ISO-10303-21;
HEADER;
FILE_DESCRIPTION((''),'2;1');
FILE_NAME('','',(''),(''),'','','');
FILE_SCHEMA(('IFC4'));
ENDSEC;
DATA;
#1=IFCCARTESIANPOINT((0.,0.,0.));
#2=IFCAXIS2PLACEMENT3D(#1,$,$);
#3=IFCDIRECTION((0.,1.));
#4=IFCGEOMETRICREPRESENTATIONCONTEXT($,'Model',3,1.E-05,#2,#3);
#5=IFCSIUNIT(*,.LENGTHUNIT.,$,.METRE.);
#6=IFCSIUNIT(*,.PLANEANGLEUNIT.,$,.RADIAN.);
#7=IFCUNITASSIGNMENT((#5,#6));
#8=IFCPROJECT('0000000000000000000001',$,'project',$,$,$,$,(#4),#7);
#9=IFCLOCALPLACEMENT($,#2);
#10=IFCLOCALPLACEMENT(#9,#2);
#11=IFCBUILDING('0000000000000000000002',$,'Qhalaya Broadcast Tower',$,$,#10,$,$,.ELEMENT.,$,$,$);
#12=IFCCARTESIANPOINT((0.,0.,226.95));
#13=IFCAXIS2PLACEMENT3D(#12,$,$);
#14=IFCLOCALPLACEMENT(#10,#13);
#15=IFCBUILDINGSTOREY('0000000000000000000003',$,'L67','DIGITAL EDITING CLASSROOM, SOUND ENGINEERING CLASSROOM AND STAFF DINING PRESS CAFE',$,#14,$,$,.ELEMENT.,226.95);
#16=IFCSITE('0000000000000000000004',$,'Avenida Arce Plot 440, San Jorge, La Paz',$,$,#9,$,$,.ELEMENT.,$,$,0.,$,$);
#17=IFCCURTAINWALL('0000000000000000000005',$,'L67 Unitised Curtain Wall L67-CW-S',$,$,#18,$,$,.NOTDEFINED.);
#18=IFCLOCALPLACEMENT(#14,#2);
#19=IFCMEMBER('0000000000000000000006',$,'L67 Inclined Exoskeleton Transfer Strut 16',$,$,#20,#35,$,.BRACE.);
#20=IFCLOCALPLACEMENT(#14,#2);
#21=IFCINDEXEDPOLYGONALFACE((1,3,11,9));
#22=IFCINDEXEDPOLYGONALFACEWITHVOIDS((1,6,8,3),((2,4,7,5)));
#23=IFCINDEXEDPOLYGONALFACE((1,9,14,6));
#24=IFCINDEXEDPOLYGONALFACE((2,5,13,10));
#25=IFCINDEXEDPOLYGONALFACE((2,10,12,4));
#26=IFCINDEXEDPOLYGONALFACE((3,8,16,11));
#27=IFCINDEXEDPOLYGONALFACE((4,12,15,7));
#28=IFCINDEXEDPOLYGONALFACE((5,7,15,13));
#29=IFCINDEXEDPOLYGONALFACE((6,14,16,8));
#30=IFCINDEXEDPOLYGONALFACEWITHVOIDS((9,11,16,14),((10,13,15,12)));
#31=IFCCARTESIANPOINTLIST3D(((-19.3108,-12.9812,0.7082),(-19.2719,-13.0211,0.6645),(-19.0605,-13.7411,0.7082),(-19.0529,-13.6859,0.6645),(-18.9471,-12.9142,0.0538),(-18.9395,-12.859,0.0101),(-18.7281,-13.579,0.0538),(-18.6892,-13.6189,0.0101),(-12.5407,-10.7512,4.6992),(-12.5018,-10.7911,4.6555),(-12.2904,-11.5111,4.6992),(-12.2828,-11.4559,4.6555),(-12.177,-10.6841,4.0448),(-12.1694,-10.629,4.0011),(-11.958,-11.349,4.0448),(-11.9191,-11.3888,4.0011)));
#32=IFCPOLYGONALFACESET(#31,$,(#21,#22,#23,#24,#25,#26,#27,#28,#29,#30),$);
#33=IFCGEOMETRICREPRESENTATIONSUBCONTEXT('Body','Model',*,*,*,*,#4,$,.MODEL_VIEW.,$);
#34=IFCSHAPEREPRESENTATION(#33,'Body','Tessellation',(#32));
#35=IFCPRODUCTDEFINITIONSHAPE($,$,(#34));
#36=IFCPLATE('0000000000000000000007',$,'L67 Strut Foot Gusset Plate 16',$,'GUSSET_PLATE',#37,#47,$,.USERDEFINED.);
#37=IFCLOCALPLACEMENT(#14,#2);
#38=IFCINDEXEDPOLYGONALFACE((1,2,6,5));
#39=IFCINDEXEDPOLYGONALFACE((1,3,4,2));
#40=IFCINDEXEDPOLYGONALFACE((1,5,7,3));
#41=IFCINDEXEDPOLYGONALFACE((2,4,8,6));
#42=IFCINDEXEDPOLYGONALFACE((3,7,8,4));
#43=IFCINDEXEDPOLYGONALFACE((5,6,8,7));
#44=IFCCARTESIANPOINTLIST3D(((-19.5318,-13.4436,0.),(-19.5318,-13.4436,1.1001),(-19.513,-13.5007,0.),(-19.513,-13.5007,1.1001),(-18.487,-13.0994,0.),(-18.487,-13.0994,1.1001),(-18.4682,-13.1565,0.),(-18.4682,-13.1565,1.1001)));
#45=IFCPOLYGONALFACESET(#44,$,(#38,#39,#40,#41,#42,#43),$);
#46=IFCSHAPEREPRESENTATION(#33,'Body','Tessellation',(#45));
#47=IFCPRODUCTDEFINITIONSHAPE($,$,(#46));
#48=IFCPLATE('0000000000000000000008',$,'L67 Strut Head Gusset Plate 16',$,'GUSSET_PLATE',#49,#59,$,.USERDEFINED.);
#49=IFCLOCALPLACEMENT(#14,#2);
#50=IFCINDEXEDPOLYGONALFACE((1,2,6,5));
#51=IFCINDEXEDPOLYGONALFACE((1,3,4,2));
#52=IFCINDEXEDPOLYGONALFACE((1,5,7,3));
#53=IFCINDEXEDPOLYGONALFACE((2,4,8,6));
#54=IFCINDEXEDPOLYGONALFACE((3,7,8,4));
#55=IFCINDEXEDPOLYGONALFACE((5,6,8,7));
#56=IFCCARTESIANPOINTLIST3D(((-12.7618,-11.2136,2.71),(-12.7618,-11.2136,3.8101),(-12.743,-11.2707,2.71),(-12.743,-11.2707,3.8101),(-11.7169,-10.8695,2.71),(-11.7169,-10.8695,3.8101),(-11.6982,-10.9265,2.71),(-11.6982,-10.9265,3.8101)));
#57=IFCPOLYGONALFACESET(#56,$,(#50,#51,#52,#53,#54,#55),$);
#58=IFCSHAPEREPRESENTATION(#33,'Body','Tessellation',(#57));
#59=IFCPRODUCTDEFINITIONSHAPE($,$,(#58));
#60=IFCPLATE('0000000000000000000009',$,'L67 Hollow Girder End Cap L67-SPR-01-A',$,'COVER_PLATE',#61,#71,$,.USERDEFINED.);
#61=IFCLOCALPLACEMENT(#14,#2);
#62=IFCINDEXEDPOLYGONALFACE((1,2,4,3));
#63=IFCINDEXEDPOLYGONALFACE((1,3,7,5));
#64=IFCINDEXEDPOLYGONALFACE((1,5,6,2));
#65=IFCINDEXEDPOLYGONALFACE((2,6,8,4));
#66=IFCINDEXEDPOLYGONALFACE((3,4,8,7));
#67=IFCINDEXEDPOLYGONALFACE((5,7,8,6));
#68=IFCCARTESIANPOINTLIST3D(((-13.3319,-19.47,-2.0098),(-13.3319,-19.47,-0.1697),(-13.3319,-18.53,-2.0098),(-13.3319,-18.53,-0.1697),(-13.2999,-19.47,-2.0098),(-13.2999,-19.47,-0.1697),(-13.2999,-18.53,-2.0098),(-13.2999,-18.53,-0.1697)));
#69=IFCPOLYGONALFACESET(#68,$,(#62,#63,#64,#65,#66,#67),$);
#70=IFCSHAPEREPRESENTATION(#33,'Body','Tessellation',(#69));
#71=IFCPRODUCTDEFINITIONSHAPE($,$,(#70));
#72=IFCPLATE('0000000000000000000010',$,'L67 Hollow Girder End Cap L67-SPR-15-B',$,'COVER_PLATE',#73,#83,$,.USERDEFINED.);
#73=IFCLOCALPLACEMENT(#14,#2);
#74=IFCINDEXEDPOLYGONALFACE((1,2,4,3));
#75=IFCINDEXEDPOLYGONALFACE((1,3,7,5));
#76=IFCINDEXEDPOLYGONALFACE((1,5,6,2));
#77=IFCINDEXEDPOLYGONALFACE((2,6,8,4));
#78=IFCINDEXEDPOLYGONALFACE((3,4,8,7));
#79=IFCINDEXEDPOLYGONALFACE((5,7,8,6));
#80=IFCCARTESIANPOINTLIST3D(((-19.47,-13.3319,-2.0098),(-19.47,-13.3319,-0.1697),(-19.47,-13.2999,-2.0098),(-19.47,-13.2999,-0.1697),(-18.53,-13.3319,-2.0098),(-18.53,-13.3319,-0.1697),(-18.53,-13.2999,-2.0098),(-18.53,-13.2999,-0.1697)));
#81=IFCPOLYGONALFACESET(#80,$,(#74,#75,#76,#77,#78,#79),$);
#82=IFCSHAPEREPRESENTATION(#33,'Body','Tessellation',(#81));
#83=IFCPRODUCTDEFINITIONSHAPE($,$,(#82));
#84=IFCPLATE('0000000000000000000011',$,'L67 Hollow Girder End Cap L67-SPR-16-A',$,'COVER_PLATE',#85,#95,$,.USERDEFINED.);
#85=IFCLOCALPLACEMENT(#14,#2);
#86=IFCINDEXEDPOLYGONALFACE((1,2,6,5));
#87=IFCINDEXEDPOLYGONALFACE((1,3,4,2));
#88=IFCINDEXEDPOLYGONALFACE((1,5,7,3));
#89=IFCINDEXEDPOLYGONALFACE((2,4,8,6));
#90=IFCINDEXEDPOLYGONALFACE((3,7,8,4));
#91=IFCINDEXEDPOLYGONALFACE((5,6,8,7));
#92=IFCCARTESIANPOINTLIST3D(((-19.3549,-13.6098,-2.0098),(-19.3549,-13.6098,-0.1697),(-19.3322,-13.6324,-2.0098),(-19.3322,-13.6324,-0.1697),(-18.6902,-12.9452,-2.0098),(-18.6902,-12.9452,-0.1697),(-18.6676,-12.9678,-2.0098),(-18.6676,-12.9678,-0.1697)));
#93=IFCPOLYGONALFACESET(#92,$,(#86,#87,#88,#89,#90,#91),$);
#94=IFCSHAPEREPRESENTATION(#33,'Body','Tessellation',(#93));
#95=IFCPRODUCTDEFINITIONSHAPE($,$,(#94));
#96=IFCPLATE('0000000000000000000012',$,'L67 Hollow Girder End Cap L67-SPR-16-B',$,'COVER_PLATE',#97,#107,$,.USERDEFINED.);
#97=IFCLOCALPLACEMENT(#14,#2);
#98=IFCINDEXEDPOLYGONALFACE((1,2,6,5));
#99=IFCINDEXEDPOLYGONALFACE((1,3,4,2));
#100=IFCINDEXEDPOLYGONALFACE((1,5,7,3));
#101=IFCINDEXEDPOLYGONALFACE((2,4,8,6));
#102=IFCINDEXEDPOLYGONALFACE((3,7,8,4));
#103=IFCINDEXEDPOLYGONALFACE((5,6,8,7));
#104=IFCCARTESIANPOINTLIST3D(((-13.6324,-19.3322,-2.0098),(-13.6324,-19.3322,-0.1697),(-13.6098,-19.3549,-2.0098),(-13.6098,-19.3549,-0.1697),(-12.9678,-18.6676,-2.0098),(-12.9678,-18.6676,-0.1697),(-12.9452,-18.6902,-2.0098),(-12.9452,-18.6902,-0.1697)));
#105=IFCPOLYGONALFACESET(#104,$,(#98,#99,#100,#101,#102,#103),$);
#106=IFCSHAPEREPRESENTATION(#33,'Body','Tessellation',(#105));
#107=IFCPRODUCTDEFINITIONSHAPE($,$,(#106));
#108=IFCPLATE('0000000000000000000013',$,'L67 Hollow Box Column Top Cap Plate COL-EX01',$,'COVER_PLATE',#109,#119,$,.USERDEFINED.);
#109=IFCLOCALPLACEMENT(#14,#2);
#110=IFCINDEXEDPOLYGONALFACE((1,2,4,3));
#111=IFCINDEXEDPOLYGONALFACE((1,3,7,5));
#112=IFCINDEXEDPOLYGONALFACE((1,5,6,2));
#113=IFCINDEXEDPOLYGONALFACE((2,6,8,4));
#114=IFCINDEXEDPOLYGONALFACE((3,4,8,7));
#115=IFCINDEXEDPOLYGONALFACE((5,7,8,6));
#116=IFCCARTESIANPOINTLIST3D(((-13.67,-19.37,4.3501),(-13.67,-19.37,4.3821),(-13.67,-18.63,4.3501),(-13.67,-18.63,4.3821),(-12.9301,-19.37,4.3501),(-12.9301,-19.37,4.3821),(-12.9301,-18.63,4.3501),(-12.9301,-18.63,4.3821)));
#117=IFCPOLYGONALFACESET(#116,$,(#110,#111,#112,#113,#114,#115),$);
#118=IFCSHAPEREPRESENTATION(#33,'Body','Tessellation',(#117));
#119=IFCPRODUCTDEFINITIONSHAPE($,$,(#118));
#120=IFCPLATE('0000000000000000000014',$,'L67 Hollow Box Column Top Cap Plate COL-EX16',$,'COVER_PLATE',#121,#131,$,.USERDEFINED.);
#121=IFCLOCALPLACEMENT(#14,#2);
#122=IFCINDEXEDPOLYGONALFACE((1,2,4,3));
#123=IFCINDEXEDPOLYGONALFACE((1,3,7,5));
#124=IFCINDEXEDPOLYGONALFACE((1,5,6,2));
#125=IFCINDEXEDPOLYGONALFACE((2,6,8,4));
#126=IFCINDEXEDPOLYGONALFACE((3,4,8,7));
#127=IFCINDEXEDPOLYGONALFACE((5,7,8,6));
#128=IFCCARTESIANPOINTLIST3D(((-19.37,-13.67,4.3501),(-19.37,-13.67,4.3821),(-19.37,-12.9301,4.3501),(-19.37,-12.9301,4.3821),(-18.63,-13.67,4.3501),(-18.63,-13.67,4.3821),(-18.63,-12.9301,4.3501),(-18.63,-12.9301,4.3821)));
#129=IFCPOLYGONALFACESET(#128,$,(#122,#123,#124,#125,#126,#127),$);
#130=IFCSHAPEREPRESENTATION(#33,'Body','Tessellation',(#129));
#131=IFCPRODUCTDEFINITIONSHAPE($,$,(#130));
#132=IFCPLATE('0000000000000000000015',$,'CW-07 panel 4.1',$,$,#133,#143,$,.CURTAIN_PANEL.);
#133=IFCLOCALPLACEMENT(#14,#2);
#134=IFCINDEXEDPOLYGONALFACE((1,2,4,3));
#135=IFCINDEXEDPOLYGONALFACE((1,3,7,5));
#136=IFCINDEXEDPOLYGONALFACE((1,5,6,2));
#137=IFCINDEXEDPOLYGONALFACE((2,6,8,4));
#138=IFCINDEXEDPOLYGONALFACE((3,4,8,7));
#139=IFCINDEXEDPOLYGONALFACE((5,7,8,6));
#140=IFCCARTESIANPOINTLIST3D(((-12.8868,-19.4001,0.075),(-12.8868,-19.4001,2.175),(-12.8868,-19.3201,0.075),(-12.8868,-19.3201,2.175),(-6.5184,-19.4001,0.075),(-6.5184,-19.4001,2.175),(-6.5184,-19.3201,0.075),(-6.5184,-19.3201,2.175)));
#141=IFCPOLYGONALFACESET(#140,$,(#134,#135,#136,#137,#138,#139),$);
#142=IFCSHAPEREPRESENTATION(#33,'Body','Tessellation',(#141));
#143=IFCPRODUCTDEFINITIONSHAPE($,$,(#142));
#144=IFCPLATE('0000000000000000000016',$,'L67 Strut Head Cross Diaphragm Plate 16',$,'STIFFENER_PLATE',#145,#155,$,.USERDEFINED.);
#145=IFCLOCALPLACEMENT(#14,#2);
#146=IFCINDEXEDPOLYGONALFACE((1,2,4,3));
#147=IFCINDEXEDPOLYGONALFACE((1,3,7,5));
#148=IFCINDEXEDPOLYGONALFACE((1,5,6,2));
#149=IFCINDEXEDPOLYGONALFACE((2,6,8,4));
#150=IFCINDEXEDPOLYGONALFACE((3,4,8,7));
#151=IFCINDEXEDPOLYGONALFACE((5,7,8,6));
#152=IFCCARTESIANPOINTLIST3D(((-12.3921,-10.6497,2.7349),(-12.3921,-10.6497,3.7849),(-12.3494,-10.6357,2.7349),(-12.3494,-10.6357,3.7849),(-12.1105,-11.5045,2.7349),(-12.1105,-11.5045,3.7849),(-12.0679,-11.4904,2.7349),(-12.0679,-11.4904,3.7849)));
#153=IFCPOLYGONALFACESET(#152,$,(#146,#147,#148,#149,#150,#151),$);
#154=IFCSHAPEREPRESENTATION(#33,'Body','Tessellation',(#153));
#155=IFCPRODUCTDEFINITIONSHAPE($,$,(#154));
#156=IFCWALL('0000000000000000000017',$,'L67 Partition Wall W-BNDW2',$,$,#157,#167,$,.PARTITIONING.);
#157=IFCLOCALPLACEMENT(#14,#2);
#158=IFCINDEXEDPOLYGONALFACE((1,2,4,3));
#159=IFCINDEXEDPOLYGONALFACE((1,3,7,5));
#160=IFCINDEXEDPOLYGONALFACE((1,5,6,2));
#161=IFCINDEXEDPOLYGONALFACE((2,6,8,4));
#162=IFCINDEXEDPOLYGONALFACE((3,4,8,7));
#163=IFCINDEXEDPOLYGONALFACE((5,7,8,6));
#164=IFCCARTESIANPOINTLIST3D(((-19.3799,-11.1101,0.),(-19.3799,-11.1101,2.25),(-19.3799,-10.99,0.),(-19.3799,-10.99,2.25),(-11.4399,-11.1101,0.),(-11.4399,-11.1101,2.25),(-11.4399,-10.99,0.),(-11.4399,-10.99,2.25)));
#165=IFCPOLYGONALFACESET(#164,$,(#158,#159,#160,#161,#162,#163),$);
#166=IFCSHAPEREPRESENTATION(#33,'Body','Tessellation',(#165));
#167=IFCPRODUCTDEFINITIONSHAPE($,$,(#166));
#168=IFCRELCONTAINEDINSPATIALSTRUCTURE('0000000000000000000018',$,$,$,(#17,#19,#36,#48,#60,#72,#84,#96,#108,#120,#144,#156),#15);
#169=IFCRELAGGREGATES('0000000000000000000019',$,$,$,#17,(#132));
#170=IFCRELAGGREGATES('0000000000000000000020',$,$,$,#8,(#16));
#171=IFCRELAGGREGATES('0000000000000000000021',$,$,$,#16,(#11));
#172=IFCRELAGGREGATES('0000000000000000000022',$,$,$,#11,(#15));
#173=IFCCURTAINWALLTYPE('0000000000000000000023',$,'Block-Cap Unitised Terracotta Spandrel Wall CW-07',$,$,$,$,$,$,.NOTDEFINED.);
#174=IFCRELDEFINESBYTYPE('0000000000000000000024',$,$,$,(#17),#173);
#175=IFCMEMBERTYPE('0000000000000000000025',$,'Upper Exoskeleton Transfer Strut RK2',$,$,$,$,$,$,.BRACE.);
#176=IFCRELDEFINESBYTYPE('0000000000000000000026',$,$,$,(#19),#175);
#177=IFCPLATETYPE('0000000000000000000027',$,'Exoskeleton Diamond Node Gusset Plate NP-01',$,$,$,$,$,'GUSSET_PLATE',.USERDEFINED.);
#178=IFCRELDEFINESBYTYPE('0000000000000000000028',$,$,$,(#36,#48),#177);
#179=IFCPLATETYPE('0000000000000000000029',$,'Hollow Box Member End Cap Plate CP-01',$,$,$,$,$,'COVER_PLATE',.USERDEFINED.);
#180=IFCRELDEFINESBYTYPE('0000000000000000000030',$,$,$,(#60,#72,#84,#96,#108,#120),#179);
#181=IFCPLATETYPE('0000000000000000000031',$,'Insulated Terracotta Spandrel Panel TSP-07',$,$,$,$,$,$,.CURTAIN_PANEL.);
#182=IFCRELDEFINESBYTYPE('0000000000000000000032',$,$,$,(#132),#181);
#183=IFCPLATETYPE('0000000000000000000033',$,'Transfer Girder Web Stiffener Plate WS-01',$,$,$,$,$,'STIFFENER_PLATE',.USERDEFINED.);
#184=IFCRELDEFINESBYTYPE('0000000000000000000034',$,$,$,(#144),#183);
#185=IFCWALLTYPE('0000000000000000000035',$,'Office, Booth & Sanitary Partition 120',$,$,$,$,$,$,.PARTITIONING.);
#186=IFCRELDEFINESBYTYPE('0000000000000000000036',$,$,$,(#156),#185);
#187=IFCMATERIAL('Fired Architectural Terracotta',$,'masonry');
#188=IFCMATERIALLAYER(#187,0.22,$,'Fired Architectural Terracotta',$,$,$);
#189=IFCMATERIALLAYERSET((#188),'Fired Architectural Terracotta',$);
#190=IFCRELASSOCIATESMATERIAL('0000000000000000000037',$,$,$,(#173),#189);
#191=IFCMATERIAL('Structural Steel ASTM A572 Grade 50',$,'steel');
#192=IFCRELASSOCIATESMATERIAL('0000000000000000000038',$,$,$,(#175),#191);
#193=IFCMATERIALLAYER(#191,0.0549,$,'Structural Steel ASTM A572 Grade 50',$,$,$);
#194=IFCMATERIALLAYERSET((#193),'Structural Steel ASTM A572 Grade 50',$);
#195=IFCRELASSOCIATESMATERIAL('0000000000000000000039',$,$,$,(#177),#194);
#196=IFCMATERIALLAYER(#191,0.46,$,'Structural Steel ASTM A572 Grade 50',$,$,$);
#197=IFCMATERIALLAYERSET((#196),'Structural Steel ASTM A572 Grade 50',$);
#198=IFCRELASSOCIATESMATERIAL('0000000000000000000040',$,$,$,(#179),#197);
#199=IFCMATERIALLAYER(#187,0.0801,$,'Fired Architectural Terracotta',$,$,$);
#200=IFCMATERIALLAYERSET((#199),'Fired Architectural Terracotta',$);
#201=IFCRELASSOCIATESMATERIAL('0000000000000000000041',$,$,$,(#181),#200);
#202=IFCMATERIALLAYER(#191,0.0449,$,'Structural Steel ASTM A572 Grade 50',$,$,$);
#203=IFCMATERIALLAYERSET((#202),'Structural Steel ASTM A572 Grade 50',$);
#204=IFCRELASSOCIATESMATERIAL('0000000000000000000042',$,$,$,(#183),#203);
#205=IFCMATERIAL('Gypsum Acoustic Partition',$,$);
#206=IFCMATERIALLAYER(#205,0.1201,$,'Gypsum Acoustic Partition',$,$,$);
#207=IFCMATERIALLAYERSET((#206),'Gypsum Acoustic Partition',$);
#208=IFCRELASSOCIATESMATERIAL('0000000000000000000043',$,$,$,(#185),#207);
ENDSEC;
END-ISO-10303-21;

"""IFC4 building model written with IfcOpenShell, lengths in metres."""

from ifc_helpers import new_model, si_unit, direction, frame, frame_2d, origin, origin_2d, place, context, subcontext, project, spatial, rectangle, hollow_rectangle, extrude, material, layer, layer_set, material_profile, profile_set, type_object, element, aggregate, save


model = new_model("IFC4")

# Units and contexts
model_context = context("Model", 3, precision=1e-05, world=origin(), true_north=direction((0.0, 1.0)))
body_context = subcontext(model_context, "Body", "Model", "MODEL_VIEW")
ifc_project = project(units=[si_unit("LENGTHUNIT", "METRE"), si_unit("PLANEANGLEUNIT", "RADIAN")], contexts=[model_context])

# Site, building, storey
site_placement = place(None, origin())
site = spatial("IfcSite", under=ifc_project, at=site_placement, Name="Avenida Arce Plot 440, San Jorge, La Paz", CompositionType="ELEMENT", RefElevation=0.0)
building_placement = place(site_placement, origin())
building = spatial("IfcBuilding", under=site, at=building_placement, Name="Qhalaya Broadcast Tower", CompositionType="ELEMENT")
storey_placement = place(building_placement, frame((0.0, 0.0, 226.95)))
storey = spatial("IfcBuildingStorey", under=building, at=storey_placement, Name="L67", Description="DIGITAL EDITING CLASSROOM, SOUND ENGINEERING CLASSROOM AND STAFF DINING PRESS CAFE", CompositionType="ELEMENT", Elevation=226.95)

# Shared definitions
ifc_material_1 = material(Name="Structural Steel ASTM A572 Grade 50", Category="steel")

# Curtain wall
ifc_material_2 = material(Name="Fired Architectural Terracotta", Category="masonry")
ifc_layer_1 = layer(ifc_material_2, 0.22, Name="Fired Architectural Terracotta")
ifc_layer_set_1 = layer_set([ifc_layer_1], Name="Fired Architectural Terracotta")
curtain_wall_type = type_object("IfcCurtainWallType", Name="Block-Cap Unitised Terracotta Spandrel Wall CW-07", PredefinedType="NOTDEFINED", material=ifc_layer_set_1)
curtain_wall_1_placement = place(storey_placement, origin())
curtain_wall_1 = element("IfcCurtainWall", 1, at=curtain_wall_1_placement, inside=storey, type_object=curtain_wall_type, Name="L67 Unitised Curtain Wall L67-CW-S", PredefinedType="NOTDEFINED")

# Member
ifc_material_profile_1 = material_profile(ifc_material_1, hollow_rectangle(XDim=0.8, YDim=0.8, WallThickness=0.05, at=origin_2d()), Name="BOX 800x800x50")
ifc_profile_set_1 = profile_set([ifc_material_profile_1], Name="Structural Steel ASTM A572 Grade 50")
member_type_1 = type_object("IfcMemberType", Name="Upper Exoskeleton Transfer Strut RK2", PredefinedType="BRACE", material=ifc_profile_set_1)
member_1_placement = place(storey_placement, frame((-19.0, -13.3, 0.3591), z_axis=(0.828738, 0.272978, 0.488546), x_axis=(-0.312855, 0.949801, 0.0)))
element("IfcMember", 2, at=member_1_placement, inside=storey, type_object=member_type_1, Name="L67 Inclined Exoskeleton Transfer Strut 16", PredefinedType="BRACE", context=body_context, shape_type="SweptSolid", body=[
    extrude(hollow_rectangle(XDim=0.8, YDim=0.8, WallThickness=0.05, at=origin_2d()), origin(), (0.0, 0.0, 1.0), 8.1692),
])

# Plates
ifc_layer_2 = layer(ifc_material_1, 0.0549, Name="Structural Steel ASTM A572 Grade 50")
ifc_layer_set_2 = layer_set([ifc_layer_2], Name="Structural Steel ASTM A572 Grade 50")
plate_type_1 = type_object("IfcPlateType", Name="Exoskeleton Diamond Node Gusset Plate NP-01", ElementType="GUSSET_PLATE", PredefinedType="USERDEFINED", material=ifc_layer_set_2)
for number, where, z_axis, x_axis, name in (
    (3, (-19.0, -13.3, 0.0), (0.0, 0.0, 1.0), (0.949797, 0.312865, 0.0), "L67 Strut Foot Gusset Plate 16"),
    (4, (-12.23, -11.0701, 2.71), (0.0, 0.0, 1.0), (0.949797, 0.312865, 0.0), "L67 Strut Head Gusset Plate 16"),
):
    element("IfcPlate", number, at=place(storey_placement, frame(where, z_axis=z_axis, x_axis=x_axis)), inside=storey, type_object=plate_type_1, Name=name, ObjectType="GUSSET_PLATE", PredefinedType="USERDEFINED", context=body_context, shape_type="SweptSolid", body=[
        extrude(rectangle(XDim=1.1001, YDim=0.0601, at=origin_2d()), origin(), (0.0, 0.0, 1.0), 1.1001),
    ])
ifc_layer_3 = layer(ifc_material_1, 0.46, Name="Structural Steel ASTM A572 Grade 50")
ifc_layer_set_3 = layer_set([ifc_layer_3], Name="Structural Steel ASTM A572 Grade 50")
plate_type_2 = type_object("IfcPlateType", Name="Hollow Box Member End Cap Plate CP-01", ElementType="COVER_PLATE", PredefinedType="USERDEFINED", material=ifc_layer_set_3)
for number, where, z_axis, x_axis, name in (
    (5, (-13.3159, -19.0, -2.0098), (0.0, 0.0, 1.0), (0.0, 1.0, 0.0), "L67 Hollow Girder End Cap L67-SPR-01-A"),
    (6, (-19.0, -13.3159, -2.0098), (0.0, 0.0, 1.0), (1.0, 0.0, 0.0), "L67 Hollow Girder End Cap L67-SPR-15-B"),
    (7, (-19.0112, -13.2888, -2.0098), (0.0, 0.0, 1.0), (0.707107, 0.707107, 0.0), "L67 Hollow Girder End Cap L67-SPR-16-A"),
    (8, (-13.2888, -19.0112, -2.0098), (0.0, 0.0, 1.0), (0.707107, 0.707107, 0.0), "L67 Hollow Girder End Cap L67-SPR-16-B"),
):
    element("IfcPlate", number, at=place(storey_placement, frame(where, z_axis=z_axis, x_axis=x_axis)), inside=storey, type_object=plate_type_2, Name=name, ObjectType="COVER_PLATE", PredefinedType="USERDEFINED", context=body_context, shape_type="SweptSolid", body=[
        extrude(rectangle(XDim=0.9399, YDim=0.032, at=origin_2d()), origin(), (0.0, 0.0, 1.0), 1.8401),
    ])
for number, where, z_axis, x_axis, name in (
    (9, (-13.3, -19.0, 4.3501), (0.0, 0.0, 1.0), (1.0, 0.0, 0.0), "L67 Hollow Box Column Top Cap Plate COL-EX01"),
    (10, (-19.0, -13.3, 4.3501), (0.0, 0.0, 1.0), (0.0, 1.0, 0.0), "L67 Hollow Box Column Top Cap Plate COL-EX16"),
):
    element("IfcPlate", number, at=place(storey_placement, frame(where, z_axis=z_axis, x_axis=x_axis)), inside=storey, type_object=plate_type_2, Name=name, ObjectType="COVER_PLATE", PredefinedType="USERDEFINED", context=body_context, shape_type="SweptSolid", body=[
        extrude(rectangle(XDim=0.74, YDim=0.74, at=origin_2d()), origin(), (0.0, 0.0, 1.0), 0.032),
    ])

# Plates
ifc_layer_4 = layer(ifc_material_2, 0.0801, Name="Fired Architectural Terracotta")
ifc_layer_set_4 = layer_set([ifc_layer_4], Name="Fired Architectural Terracotta")
plate_type_3 = type_object("IfcPlateType", Name="Insulated Terracotta Spandrel Panel TSP-07", PredefinedType="CURTAIN_PANEL", material=ifc_layer_set_4)
plate_1_placement = place(storey_placement, frame((-9.7026, -19.3601, 0.075), z_axis=(0.0, 0.0, 1.0), x_axis=(-1.0, 0.0, 0.0)))
plate_1 = element("IfcPlate", 11, at=plate_1_placement, type_object=plate_type_3, Name="CW-07 panel 4.1", PredefinedType="CURTAIN_PANEL", context=body_context, shape_type="SweptSolid", body=[
    extrude(rectangle(XDim=6.3684, YDim=0.0801, at=origin_2d()), origin(), (0.0, 0.0, 1.0), 2.1001),
])
aggregate(curtain_wall_1, [plate_1])
ifc_layer_5 = layer(ifc_material_1, 0.0449, Name="Structural Steel ASTM A572 Grade 50")
ifc_layer_set_5 = layer_set([ifc_layer_5], Name="Structural Steel ASTM A572 Grade 50")
plate_type_4 = type_object("IfcPlateType", Name="Transfer Girder Web Stiffener Plate WS-01", ElementType="STIFFENER_PLATE", PredefinedType="USERDEFINED", material=ifc_layer_set_5)
plate_2_placement = place(storey_placement, frame((-12.23, -11.0701, 2.7349), z_axis=(0.0, 0.0, 1.0), x_axis=(-0.312865, 0.949797, 0.0)))
element("IfcPlate", 12, at=plate_2_placement, inside=storey, type_object=plate_type_4, Name="L67 Strut Head Cross Diaphragm Plate 16", ObjectType="STIFFENER_PLATE", PredefinedType="USERDEFINED", context=body_context, shape_type="SweptSolid", body=[
    extrude(rectangle(XDim=0.8999, YDim=0.0449, at=origin_2d()), origin(), (0.0, 0.0, 1.0), 1.05),
])

# Wall
ifc_material_3 = material(Name="Gypsum Acoustic Partition")
ifc_layer_6 = layer(ifc_material_3, 0.1201, Name="Gypsum Acoustic Partition")
ifc_layer_set_6 = layer_set([ifc_layer_6], Name="Gypsum Acoustic Partition")
wall_type = type_object("IfcWallType", Name="Office, Booth & Sanitary Partition 120", PredefinedType="PARTITIONING", material=ifc_layer_set_6)
wall_placement = place(storey_placement, frame((-19.3799, -11.05, 0.0), z_axis=(0.0, 0.0, 1.0), x_axis=(1.0, 0.0, 0.0)))
element("IfcWall", 13, at=wall_placement, inside=storey, type_object=wall_type, Name="L67 Partition Wall W-BNDW2", PredefinedType="PARTITIONING", context=body_context, shape_type="SweptSolid", body=[
    extrude(rectangle(XDim=7.9399, YDim=0.1201, at=frame_2d((3.97, 0.0))), origin(), (0.0, 0.0, 1.0), 2.25),
])

save(model, "model.ifc")
